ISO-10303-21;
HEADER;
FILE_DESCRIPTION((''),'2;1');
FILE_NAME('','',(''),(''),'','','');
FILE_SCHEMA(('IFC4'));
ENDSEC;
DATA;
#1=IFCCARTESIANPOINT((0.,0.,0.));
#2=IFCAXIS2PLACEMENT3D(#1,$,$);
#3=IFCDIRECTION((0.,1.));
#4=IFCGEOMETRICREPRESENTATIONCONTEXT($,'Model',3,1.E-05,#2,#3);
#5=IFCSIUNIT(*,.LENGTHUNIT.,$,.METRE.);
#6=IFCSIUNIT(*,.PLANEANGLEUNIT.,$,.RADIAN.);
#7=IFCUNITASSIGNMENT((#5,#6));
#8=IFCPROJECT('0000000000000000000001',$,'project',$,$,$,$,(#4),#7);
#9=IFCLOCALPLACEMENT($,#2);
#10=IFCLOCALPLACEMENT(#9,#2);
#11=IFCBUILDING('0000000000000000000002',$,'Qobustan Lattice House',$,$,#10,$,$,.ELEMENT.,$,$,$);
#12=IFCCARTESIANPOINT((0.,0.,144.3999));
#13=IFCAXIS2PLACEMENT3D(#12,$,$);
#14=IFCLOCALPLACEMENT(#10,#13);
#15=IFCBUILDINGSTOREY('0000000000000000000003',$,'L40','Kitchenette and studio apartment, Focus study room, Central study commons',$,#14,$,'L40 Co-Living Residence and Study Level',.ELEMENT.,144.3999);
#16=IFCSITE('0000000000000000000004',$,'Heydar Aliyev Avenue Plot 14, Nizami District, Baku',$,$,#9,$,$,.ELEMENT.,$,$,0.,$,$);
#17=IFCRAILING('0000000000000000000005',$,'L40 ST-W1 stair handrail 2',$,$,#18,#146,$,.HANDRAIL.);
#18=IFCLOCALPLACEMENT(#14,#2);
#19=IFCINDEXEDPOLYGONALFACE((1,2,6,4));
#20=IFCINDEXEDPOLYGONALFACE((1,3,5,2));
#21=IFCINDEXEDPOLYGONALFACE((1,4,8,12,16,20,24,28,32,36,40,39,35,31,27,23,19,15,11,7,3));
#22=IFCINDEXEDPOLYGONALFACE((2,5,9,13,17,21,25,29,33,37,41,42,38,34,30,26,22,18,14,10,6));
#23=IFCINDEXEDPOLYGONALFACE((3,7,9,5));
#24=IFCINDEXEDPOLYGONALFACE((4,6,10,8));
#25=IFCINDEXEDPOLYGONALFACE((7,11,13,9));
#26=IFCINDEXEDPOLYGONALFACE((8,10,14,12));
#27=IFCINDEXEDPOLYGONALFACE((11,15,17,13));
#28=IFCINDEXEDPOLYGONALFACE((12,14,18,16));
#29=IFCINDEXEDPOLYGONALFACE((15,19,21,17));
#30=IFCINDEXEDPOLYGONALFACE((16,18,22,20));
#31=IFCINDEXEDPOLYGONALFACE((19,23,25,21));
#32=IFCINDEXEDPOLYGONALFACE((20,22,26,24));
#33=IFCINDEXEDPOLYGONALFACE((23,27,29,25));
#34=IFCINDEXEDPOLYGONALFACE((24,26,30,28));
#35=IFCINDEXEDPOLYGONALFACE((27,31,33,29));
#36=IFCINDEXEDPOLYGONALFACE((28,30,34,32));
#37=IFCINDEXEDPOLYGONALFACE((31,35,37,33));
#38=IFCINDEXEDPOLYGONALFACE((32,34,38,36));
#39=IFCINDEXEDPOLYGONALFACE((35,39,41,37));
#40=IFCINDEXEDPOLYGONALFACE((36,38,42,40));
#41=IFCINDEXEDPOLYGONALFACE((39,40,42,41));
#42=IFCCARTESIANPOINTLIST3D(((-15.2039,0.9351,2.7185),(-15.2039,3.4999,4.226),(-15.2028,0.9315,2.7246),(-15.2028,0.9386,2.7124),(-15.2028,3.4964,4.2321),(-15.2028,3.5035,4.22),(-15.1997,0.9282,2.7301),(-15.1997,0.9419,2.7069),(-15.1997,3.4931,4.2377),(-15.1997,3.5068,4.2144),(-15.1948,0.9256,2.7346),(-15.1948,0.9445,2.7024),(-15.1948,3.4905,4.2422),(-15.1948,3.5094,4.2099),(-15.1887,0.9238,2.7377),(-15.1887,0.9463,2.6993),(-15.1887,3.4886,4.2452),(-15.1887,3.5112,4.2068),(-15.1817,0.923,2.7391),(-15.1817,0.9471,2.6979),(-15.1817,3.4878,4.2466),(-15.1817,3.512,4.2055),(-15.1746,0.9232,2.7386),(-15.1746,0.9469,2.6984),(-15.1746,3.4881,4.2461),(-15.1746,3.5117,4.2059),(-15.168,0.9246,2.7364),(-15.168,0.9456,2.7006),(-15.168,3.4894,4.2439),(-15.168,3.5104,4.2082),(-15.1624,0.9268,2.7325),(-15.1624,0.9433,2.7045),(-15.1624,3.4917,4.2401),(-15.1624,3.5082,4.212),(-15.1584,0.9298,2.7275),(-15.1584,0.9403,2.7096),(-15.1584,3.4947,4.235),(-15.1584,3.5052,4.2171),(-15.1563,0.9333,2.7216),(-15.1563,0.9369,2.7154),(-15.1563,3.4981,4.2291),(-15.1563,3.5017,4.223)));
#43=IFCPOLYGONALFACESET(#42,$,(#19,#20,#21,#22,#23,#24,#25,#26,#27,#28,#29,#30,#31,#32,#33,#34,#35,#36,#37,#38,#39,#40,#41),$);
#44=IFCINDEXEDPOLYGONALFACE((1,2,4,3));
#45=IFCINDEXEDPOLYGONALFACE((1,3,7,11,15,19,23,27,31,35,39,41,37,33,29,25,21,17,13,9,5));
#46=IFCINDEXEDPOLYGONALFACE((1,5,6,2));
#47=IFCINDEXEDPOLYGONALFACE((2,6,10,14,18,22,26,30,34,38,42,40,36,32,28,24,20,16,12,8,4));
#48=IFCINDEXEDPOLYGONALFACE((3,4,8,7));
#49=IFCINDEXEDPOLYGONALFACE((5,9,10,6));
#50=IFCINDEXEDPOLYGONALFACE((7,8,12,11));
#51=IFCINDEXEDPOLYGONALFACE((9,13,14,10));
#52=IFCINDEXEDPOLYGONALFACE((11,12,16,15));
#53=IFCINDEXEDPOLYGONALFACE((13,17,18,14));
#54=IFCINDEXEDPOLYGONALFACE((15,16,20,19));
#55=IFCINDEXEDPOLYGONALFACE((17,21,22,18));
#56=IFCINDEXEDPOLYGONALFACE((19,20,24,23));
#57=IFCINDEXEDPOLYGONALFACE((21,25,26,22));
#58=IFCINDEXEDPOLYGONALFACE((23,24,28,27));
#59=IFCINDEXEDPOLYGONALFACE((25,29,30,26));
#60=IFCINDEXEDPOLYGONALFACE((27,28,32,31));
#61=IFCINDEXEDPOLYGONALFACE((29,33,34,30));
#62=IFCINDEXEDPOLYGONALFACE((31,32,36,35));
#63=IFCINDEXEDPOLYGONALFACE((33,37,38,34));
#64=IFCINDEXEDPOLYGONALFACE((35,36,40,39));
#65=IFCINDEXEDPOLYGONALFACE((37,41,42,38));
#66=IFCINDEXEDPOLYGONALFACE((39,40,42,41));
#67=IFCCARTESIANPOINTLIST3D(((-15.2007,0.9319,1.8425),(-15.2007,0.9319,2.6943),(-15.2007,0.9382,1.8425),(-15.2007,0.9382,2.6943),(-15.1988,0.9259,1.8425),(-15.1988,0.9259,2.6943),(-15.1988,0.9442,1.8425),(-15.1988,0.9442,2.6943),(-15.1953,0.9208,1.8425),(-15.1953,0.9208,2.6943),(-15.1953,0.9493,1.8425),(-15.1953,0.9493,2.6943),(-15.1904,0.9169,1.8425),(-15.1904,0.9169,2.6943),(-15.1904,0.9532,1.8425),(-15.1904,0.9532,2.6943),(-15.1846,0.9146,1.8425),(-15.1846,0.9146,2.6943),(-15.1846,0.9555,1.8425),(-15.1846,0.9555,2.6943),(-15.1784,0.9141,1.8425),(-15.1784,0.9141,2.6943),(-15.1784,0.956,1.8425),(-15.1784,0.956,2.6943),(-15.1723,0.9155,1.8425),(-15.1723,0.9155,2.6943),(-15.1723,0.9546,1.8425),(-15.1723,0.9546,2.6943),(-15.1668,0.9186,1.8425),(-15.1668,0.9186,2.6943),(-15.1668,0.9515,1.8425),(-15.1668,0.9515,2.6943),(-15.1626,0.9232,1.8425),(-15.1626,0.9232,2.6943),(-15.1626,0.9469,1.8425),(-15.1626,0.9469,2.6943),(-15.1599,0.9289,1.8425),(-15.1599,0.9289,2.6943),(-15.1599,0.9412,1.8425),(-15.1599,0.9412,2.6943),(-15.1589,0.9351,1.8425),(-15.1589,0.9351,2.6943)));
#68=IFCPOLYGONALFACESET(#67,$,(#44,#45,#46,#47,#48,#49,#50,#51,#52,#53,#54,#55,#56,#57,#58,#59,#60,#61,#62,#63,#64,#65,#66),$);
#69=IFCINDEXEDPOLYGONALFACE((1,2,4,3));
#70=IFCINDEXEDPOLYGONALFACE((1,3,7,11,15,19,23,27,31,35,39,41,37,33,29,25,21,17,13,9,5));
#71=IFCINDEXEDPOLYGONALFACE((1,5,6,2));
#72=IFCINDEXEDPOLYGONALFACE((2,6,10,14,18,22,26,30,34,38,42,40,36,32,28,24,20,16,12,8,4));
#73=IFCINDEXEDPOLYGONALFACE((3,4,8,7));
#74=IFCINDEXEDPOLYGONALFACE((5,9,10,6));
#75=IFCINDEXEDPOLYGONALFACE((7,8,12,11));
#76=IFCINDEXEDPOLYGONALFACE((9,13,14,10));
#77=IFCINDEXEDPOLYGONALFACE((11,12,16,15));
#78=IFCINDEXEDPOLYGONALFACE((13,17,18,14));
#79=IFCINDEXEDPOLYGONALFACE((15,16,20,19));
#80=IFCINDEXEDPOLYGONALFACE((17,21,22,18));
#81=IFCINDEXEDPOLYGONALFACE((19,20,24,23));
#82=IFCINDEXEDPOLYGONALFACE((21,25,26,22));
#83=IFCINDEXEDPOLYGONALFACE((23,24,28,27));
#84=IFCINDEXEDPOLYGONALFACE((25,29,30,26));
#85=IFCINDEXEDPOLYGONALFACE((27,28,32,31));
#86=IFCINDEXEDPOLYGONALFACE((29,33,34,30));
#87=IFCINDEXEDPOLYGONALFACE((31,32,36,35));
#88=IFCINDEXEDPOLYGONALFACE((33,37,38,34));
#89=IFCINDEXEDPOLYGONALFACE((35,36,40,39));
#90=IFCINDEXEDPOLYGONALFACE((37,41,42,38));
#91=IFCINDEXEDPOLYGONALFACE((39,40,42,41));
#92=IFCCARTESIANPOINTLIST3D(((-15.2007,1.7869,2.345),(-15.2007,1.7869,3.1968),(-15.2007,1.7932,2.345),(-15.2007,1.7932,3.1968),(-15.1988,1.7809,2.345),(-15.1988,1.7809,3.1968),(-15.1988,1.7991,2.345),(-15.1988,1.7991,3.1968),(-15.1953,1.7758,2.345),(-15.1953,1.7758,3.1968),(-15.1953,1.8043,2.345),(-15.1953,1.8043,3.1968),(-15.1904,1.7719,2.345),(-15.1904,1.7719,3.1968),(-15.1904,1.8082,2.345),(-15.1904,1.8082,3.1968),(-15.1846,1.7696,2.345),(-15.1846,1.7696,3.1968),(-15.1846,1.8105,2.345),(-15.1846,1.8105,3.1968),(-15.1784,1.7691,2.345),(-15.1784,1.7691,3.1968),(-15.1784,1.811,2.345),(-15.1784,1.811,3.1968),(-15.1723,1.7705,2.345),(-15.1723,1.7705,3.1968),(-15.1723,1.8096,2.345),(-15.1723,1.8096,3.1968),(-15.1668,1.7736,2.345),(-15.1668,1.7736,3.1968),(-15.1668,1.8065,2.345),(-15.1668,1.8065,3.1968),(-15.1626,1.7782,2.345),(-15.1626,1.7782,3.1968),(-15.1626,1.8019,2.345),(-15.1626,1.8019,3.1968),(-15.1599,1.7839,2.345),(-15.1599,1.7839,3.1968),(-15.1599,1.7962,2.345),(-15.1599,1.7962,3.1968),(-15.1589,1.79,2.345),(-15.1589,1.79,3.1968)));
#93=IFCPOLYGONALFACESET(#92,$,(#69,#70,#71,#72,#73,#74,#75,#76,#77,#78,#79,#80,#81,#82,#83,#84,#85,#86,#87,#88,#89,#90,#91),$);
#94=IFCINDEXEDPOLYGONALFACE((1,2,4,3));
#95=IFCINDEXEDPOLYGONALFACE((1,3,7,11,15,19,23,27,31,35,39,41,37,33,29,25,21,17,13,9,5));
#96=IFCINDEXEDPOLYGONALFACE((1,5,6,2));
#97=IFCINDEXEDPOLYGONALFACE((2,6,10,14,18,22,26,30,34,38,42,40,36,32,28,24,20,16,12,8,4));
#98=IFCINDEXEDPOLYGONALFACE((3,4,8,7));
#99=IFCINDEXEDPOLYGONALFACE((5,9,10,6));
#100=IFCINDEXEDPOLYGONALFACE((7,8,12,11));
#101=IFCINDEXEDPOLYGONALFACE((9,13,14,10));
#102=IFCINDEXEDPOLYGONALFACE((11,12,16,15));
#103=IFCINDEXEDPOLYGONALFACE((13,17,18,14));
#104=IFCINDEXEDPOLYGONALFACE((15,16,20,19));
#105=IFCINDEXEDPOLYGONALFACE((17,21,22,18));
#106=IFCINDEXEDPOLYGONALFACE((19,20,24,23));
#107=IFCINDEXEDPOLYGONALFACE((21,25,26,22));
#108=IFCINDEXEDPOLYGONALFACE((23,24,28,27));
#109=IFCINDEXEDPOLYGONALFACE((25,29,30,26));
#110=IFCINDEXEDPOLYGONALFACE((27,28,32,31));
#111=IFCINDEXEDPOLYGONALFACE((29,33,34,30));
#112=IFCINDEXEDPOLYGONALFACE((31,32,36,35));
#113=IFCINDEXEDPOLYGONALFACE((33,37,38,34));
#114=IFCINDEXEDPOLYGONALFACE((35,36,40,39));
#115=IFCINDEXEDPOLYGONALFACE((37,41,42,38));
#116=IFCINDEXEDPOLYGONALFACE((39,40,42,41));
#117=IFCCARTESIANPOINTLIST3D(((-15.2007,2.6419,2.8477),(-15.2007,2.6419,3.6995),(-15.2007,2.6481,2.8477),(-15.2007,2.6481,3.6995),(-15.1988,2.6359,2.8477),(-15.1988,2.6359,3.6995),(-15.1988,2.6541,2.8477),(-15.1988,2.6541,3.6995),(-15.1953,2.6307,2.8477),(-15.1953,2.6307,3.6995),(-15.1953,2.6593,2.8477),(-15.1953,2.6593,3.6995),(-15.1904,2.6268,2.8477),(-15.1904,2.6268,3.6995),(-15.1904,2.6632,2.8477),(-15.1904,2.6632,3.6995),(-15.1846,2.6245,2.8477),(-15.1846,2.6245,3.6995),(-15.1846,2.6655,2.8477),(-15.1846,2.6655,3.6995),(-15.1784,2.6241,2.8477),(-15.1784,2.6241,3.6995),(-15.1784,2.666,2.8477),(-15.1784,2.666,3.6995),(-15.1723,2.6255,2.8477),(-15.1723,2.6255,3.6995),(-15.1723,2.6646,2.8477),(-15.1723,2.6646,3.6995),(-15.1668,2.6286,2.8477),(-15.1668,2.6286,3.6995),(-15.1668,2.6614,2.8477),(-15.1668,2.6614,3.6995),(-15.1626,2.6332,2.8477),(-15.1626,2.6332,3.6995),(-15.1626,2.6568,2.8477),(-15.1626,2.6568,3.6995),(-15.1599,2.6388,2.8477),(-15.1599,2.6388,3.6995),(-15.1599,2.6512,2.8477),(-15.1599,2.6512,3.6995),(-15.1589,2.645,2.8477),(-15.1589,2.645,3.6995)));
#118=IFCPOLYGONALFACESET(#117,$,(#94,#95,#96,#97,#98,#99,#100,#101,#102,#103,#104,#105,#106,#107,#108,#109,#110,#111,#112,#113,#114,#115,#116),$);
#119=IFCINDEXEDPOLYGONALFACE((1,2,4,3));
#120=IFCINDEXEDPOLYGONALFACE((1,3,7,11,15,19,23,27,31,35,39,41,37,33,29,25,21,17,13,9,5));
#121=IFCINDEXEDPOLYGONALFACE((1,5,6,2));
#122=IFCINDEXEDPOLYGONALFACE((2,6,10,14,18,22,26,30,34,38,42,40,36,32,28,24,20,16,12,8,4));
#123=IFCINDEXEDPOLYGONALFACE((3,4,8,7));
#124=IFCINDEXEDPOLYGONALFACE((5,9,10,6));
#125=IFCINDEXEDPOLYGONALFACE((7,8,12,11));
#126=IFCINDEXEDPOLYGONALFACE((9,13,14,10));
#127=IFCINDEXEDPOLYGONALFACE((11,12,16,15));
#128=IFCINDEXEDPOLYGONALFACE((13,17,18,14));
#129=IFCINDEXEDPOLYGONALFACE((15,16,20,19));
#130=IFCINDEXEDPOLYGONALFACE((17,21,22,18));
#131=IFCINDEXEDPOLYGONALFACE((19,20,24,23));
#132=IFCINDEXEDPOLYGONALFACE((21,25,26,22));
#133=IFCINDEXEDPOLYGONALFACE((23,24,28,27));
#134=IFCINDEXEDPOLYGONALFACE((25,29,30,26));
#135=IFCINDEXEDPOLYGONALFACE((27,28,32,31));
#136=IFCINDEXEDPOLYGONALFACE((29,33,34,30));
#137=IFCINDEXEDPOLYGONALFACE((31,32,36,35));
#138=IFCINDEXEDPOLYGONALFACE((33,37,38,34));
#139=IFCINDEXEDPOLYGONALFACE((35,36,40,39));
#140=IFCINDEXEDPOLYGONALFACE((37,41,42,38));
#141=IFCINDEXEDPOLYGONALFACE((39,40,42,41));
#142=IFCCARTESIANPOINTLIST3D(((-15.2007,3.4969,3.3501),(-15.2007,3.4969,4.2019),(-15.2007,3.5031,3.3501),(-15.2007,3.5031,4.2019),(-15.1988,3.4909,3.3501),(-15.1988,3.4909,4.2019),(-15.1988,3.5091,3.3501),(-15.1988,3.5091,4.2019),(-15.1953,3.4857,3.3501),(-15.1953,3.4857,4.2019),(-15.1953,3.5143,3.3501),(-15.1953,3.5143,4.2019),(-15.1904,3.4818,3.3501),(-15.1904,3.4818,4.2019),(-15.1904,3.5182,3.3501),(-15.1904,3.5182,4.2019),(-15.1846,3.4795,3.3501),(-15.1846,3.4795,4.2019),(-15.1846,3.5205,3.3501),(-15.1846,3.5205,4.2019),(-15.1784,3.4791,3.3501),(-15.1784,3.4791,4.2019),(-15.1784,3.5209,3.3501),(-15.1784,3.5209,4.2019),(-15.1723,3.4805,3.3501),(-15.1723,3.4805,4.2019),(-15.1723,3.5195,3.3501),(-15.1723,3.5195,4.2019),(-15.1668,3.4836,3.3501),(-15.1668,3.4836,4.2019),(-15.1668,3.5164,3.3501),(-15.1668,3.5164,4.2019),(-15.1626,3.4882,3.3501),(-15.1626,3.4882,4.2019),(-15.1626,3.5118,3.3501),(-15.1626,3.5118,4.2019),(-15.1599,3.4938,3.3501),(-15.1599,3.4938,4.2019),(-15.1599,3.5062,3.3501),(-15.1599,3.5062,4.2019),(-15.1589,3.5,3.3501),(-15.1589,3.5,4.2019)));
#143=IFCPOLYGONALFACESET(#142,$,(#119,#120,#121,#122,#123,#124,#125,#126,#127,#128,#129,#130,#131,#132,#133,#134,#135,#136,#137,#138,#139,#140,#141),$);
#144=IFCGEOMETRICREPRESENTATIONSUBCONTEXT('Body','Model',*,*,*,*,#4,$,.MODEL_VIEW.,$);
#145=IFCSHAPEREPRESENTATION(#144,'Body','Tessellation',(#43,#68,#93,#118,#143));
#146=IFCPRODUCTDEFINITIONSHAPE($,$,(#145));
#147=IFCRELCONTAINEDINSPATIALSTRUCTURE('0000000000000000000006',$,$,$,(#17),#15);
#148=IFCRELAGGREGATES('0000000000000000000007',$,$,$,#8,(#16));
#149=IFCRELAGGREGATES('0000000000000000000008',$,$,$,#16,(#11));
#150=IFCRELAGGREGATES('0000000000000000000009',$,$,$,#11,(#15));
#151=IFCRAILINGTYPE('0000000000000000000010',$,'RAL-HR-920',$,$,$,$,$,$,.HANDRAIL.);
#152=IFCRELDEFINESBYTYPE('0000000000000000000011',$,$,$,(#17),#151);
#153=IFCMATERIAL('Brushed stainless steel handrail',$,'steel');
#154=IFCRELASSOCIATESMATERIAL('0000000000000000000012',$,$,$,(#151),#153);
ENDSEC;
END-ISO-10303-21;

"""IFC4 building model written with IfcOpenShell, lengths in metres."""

from ifc_helpers import new_model, si_unit, direction, frame, origin, origin_2d, place, context, subcontext, project, spatial, circle, extrude, material, type_object, element, save


model = new_model("IFC4")

# Units and contexts
model_context = context("Model", 3, precision=1e-05, world=origin(), true_north=direction((0.0, 1.0)))
body_context = subcontext(model_context, "Body", "Model", "MODEL_VIEW")
ifc_project = project(units=[si_unit("LENGTHUNIT", "METRE"), si_unit("PLANEANGLEUNIT", "RADIAN")], contexts=[model_context])

# Site, building, storey
site_placement = place(None, origin())
site = spatial("IfcSite", under=ifc_project, at=site_placement, Name="Heydar Aliyev Avenue Plot 14, Nizami District, Baku", CompositionType="ELEMENT", RefElevation=0.0)
building_placement = place(site_placement, origin())
building = spatial("IfcBuilding", under=site, at=building_placement, Name="Qobustan Lattice House", CompositionType="ELEMENT")
storey_placement = place(building_placement, frame((0.0, 0.0, 144.3999)))
storey = spatial("IfcBuildingStorey", under=building, at=storey_placement, Name="L40", Description="Kitchenette and studio apartment, Focus study room, Central study commons", LongName="L40 Co-Living Residence and Study Level", CompositionType="ELEMENT", Elevation=144.3999)

# Railing
ifc_material_1 = material(Name="Brushed stainless steel handrail", Category="steel")
railing_type_1 = type_object("IfcRailingType", Name="RAL-HR-920", PredefinedType="HANDRAIL", material=ifc_material_1)
railing_1_placement = place(storey_placement, frame((-15.1799, 0.9351, 1.8425)))
element("IfcRailing", 1, at=railing_1_placement, inside=storey, type_object=railing_type_1, Name="L40 ST-W1 stair handrail 2", PredefinedType="HANDRAIL", context=body_context, shape_type="SweptSolid", body=[
    extrude(circle(Radius=0.0239, at=origin_2d()), frame((0.0, 0.0, 0.876), z_axis=(0.0, 0.862113, 0.506715), x_axis=(-1.0, 0.0, 0.0)), (0.0, 0.0, 1.0), 2.9751),
    extrude(circle(Radius=0.021, at=origin_2d()), origin(), (0.0, 0.0, 1.0), 0.8518),
    extrude(circle(Radius=0.021, at=origin_2d()), frame((0.0, 0.855, 0.5024)), (0.0, 0.0, 1.0), 0.8518),
    extrude(circle(Radius=0.021, at=origin_2d()), frame((0.0, 1.71, 1.0051)), (0.0, 0.0, 1.0), 0.8518),
    extrude(circle(Radius=0.021, at=origin_2d()), frame((0.0, 2.5649, 1.5076)), (0.0, 0.0, 1.0), 0.8518),
])

save(model, "model.ifc")
